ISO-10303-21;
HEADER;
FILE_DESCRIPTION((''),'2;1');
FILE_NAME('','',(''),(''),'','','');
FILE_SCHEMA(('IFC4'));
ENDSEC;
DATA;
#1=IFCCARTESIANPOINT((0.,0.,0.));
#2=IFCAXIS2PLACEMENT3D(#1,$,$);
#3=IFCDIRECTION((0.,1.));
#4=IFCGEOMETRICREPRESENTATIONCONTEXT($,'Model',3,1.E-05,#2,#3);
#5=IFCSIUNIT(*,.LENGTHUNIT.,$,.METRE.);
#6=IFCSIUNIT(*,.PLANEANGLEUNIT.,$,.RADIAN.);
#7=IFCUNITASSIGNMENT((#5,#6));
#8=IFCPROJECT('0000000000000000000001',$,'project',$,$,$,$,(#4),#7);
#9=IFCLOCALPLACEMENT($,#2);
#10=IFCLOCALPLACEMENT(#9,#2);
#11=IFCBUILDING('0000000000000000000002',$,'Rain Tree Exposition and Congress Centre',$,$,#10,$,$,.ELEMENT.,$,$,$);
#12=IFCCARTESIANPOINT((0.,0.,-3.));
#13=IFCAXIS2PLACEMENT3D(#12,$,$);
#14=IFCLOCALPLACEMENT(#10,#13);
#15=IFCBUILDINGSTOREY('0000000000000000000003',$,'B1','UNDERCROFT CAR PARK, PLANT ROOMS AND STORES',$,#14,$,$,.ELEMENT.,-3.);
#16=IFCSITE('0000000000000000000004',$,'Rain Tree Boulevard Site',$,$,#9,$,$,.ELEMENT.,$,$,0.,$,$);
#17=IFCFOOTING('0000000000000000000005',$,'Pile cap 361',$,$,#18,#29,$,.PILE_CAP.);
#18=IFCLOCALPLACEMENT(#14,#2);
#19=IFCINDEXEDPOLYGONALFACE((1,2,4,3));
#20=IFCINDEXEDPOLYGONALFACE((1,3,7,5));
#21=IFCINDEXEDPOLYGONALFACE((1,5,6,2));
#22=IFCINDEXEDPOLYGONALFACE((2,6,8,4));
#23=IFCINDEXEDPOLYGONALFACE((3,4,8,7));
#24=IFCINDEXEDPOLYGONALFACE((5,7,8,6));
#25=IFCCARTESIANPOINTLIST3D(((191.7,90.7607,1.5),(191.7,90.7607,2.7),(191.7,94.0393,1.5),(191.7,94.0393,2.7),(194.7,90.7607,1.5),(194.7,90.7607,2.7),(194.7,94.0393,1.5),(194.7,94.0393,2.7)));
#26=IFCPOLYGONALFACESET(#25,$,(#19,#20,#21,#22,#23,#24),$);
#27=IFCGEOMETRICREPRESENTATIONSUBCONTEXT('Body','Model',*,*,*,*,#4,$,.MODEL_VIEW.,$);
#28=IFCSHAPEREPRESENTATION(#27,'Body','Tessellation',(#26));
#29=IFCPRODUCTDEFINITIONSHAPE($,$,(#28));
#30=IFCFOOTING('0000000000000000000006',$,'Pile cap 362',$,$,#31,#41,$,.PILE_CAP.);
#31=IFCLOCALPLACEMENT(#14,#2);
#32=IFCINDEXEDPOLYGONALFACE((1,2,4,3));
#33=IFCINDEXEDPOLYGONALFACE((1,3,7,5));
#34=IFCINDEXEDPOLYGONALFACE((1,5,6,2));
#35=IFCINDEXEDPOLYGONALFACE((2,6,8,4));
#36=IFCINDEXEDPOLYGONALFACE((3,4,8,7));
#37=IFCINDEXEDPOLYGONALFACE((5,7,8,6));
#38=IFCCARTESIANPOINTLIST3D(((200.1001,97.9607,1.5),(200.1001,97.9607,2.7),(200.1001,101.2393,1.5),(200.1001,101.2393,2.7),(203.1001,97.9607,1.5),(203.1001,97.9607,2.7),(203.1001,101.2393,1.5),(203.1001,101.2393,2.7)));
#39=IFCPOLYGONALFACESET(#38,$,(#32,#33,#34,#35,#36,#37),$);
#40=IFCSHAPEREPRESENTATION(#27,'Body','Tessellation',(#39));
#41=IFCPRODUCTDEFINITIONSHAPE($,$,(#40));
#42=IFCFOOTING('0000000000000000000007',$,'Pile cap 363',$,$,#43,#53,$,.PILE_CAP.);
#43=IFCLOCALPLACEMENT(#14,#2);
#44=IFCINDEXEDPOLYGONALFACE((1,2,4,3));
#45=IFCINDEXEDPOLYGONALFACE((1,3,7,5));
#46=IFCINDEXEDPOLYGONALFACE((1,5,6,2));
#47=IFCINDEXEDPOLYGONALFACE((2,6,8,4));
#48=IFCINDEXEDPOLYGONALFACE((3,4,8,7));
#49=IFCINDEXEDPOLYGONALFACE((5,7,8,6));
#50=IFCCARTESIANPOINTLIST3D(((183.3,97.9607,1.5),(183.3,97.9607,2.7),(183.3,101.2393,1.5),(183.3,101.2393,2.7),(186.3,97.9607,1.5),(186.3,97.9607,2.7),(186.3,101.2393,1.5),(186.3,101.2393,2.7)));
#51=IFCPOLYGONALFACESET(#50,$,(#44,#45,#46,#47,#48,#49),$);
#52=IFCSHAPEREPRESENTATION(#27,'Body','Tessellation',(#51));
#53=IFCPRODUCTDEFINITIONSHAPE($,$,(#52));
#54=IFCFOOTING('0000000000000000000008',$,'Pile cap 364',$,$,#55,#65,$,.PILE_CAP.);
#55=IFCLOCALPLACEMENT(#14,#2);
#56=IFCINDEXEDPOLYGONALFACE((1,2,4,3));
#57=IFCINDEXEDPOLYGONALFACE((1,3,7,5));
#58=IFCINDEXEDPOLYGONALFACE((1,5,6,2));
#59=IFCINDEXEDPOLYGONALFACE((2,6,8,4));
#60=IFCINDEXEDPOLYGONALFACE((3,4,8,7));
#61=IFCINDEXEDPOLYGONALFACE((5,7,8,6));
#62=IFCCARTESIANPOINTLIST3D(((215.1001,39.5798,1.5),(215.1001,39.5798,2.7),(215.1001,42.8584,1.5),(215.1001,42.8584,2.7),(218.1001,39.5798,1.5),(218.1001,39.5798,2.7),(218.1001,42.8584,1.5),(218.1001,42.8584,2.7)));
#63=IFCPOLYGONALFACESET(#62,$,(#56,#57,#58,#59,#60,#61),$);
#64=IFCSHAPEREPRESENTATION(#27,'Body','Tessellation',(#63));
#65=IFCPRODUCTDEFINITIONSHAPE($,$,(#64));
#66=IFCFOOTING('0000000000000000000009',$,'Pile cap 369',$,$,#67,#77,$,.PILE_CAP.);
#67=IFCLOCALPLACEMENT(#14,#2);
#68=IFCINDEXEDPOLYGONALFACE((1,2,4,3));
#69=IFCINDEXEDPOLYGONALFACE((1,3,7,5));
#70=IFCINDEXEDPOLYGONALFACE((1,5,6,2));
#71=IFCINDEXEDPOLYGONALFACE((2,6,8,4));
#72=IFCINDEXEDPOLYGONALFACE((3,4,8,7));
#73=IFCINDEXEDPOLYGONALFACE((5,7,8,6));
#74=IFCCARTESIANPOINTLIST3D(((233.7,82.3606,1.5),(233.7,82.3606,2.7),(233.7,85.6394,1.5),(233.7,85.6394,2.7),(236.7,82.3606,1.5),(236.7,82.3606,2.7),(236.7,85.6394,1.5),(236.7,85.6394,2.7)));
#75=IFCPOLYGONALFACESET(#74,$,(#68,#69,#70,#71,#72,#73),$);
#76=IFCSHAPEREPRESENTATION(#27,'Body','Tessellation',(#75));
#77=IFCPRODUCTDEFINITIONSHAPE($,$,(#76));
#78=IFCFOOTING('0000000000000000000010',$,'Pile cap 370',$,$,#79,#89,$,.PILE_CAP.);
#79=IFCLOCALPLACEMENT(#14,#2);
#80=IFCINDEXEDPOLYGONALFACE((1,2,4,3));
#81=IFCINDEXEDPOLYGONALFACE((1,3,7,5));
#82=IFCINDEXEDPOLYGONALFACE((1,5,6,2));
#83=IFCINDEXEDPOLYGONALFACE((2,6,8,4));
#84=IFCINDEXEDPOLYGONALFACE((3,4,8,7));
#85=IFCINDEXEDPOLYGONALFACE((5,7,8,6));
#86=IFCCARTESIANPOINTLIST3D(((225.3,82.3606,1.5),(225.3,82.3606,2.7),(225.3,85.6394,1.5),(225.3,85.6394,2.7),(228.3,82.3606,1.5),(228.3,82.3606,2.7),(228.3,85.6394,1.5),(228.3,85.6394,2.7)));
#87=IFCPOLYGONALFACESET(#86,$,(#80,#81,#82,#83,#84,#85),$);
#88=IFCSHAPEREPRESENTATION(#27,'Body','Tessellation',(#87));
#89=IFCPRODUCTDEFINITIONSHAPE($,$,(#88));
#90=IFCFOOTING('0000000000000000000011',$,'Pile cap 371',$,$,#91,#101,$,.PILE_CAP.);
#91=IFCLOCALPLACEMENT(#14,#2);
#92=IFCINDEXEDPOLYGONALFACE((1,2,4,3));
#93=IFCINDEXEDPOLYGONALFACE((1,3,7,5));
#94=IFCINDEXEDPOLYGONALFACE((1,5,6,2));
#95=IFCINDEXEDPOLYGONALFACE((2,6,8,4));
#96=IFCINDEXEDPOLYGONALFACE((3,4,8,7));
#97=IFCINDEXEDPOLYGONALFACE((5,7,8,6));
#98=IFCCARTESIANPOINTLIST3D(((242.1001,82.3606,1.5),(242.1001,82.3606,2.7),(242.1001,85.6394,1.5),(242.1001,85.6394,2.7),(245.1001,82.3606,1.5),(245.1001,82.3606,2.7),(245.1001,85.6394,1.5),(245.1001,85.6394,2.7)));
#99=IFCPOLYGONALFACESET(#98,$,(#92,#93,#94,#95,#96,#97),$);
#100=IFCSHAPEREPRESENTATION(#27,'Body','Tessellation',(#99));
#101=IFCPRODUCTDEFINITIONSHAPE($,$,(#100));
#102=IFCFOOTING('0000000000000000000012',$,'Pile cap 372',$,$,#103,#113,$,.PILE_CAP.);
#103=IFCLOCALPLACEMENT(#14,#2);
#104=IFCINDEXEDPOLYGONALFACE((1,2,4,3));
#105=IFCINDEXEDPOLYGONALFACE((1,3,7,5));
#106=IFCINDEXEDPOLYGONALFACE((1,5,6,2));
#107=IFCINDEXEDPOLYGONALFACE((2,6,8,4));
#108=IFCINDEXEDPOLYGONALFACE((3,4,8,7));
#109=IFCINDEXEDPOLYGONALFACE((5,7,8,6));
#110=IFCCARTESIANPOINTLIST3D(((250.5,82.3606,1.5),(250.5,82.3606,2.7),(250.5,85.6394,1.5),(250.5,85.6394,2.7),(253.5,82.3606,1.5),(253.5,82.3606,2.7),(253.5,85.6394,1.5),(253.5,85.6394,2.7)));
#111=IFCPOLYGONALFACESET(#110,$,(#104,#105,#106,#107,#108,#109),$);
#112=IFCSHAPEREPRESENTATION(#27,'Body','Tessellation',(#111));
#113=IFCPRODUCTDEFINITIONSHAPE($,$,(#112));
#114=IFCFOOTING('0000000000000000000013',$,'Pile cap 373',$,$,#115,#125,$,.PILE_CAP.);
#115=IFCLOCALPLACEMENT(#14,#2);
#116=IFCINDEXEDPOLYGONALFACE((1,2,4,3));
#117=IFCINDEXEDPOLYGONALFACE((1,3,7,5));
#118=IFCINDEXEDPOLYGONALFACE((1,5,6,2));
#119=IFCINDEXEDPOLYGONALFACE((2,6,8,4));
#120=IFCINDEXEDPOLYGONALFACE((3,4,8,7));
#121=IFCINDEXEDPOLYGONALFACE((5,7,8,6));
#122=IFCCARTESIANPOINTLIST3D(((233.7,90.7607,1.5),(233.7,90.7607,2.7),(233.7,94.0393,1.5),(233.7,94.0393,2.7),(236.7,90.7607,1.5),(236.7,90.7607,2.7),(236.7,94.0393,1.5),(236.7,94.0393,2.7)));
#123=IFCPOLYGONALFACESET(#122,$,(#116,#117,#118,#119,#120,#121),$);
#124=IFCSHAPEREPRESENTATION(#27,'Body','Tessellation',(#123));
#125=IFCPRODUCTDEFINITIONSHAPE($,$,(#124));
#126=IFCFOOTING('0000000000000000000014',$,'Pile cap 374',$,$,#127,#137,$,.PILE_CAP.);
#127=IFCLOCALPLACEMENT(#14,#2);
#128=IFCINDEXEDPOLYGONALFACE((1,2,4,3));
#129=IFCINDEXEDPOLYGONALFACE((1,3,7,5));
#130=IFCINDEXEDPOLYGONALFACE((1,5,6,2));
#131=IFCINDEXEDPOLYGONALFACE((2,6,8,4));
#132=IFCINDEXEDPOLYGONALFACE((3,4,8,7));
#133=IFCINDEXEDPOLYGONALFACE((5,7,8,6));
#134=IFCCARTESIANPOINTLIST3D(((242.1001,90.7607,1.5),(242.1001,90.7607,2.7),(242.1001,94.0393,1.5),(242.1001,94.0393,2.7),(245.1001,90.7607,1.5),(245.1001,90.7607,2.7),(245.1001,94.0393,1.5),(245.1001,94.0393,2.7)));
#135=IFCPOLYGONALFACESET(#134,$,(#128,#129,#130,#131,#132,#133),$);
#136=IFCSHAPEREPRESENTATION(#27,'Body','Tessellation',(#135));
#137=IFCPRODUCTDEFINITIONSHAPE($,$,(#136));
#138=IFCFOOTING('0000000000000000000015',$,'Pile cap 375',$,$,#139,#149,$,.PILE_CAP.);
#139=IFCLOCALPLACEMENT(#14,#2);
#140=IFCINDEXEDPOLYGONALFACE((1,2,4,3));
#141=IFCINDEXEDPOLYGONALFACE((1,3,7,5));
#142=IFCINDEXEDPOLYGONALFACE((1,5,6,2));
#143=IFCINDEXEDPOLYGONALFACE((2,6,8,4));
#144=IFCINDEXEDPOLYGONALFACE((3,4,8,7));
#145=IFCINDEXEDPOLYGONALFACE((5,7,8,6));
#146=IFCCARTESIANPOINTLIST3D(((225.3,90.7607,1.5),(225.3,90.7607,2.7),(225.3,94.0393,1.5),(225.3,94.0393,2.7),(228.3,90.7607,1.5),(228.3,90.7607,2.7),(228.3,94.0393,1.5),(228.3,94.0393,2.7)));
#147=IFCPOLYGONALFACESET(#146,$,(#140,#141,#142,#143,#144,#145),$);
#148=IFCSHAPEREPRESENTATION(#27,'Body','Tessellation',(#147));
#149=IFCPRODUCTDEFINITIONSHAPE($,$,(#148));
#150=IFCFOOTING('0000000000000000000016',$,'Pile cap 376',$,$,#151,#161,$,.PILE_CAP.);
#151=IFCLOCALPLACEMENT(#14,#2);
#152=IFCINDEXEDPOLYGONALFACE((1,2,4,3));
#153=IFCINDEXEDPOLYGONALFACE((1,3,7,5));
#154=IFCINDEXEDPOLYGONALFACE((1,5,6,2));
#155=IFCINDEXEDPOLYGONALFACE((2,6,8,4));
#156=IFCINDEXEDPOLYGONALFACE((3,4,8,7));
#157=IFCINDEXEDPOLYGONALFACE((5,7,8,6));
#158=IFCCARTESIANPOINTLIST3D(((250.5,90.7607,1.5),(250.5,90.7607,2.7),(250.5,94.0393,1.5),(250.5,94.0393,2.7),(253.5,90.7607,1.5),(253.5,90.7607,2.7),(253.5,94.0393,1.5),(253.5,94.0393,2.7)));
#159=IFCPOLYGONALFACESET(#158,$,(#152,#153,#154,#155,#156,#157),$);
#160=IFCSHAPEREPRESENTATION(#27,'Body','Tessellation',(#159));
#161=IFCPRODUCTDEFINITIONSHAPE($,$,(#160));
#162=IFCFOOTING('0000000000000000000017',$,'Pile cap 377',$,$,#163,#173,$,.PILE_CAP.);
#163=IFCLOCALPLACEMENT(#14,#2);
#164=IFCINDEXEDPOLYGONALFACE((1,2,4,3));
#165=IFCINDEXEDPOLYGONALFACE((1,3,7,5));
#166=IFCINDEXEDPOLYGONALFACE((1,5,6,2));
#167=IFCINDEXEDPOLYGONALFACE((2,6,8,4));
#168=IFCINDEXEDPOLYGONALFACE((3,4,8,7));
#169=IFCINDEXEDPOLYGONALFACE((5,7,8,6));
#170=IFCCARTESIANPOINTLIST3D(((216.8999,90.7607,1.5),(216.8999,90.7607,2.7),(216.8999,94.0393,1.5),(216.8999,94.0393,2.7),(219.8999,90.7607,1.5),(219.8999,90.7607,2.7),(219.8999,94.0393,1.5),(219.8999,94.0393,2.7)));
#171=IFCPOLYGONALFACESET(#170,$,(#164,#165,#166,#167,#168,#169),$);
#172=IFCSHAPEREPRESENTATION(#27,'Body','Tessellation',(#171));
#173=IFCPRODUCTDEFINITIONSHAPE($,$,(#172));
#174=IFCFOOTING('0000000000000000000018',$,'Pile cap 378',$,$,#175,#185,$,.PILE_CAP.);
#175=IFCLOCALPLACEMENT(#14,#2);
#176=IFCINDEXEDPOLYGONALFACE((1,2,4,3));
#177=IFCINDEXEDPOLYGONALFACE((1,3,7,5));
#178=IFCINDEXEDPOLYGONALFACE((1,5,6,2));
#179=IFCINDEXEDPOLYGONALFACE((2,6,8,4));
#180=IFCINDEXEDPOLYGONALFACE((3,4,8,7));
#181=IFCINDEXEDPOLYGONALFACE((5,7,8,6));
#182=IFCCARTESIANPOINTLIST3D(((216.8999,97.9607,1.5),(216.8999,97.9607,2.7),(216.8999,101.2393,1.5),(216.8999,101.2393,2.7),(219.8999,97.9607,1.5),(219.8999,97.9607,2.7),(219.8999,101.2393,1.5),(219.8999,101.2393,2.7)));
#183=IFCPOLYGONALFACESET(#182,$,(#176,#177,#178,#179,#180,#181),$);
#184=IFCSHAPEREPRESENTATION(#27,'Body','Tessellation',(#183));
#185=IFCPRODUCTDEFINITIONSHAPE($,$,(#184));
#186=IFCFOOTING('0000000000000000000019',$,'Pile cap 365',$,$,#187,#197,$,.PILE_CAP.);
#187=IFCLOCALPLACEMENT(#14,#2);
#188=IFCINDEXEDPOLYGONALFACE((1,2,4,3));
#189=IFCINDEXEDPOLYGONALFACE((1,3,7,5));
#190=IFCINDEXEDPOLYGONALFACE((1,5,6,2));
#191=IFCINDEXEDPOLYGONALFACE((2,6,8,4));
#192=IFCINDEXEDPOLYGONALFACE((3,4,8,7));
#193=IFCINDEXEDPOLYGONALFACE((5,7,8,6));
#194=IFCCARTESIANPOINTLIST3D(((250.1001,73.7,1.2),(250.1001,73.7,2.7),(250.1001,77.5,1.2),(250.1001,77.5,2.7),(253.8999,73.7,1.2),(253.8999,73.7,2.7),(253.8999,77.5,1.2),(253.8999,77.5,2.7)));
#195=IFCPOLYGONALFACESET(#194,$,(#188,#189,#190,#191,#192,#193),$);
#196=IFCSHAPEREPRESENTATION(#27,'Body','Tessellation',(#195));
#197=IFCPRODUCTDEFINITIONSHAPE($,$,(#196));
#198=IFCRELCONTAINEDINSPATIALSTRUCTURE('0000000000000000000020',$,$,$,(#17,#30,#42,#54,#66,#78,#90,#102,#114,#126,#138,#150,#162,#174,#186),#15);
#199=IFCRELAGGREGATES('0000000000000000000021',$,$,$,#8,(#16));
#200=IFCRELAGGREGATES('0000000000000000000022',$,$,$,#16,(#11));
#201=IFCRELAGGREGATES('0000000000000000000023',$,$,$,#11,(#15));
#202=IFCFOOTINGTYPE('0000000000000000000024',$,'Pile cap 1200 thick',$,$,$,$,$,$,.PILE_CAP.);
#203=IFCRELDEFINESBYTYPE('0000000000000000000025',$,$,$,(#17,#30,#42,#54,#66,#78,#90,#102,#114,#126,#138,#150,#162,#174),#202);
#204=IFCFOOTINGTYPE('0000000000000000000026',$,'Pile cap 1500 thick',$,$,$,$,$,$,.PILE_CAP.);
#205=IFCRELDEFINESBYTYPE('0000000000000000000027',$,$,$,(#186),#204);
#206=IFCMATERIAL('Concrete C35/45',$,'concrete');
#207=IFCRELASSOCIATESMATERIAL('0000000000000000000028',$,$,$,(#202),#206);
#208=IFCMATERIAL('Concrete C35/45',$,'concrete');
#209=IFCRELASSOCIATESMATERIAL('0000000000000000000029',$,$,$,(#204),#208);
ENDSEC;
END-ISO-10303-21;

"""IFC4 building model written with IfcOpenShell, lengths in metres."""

from ifc_helpers import new_model, si_unit, direction, frame, origin, place, context, subcontext, project, spatial, polyline, outline, extrude, material, type_object, element, save


model = new_model("IFC4")

# Units and contexts
model_context = context("Model", 3, precision=1e-05, world=origin(), true_north=direction((0.0, 1.0)))
body_context = subcontext(model_context, "Body", "Model", "MODEL_VIEW")
ifc_project = project(units=[si_unit("LENGTHUNIT", "METRE"), si_unit("PLANEANGLEUNIT", "RADIAN")], contexts=[model_context])

# Site, building, storey
site_placement = place(None, origin())
site = spatial("IfcSite", under=ifc_project, at=site_placement, Name="Rain Tree Boulevard Site", CompositionType="ELEMENT", RefElevation=0.0)
building_placement = place(site_placement, origin())
building = spatial("IfcBuilding", under=site, at=building_placement, Name="Rain Tree Exposition and Congress Centre", CompositionType="ELEMENT")
storey_placement = place(building_placement, frame((0.0, 0.0, -3.0)))
storey = spatial("IfcBuildingStorey", under=building, at=storey_placement, Name="B1", Description="UNDERCROFT CAR PARK, PLANT ROOMS AND STORES", CompositionType="ELEMENT", Elevation=-3.0)

# Footings
ifc_material_1 = material(Name="Concrete C35/45", Category="concrete")
footing_type_1 = type_object("IfcFootingType", Name="Pile cap 1200 thick", PredefinedType="PILE_CAP", material=ifc_material_1)
footing_1_placement = place(storey_placement, frame((0.0, 0.0, 1.5)))
element("IfcFooting", 1, at=footing_1_placement, inside=storey, type_object=footing_type_1, Name="Pile cap 361", PredefinedType="PILE_CAP", context=body_context, shape_type="SweptSolid", body=[
    extrude(outline(polyline([(194.7, 90.7607), (194.7, 94.0393), (191.7, 94.0393), (191.7, 90.7607), (194.7, 90.7607)])), origin(), (0.0, 0.0, 1.0), 1.2),
])
footing_2_placement = place(storey_placement, frame((0.0, 0.0, 1.5)))
element("IfcFooting", 2, at=footing_2_placement, inside=storey, type_object=footing_type_1, Name="Pile cap 362", PredefinedType="PILE_CAP", context=body_context, shape_type="SweptSolid", body=[
    extrude(outline(polyline([(203.1001, 97.9607), (203.1001, 101.2393), (200.1001, 101.2393), (200.1001, 97.9607), (203.1001, 97.9607)])), origin(), (0.0, 0.0, 1.0), 1.2),
])
footing_3_placement = place(storey_placement, frame((0.0, 0.0, 1.5)))
element("IfcFooting", 3, at=footing_3_placement, inside=storey, type_object=footing_type_1, Name="Pile cap 363", PredefinedType="PILE_CAP", context=body_context, shape_type="SweptSolid", body=[
    extrude(outline(polyline([(186.3, 97.9607), (186.3, 101.2393), (183.3, 101.2393), (183.3, 97.9607), (186.3, 97.9607)])), origin(), (0.0, 0.0, 1.0), 1.2),
])
footing_4_placement = place(storey_placement, frame((0.0, 0.0, 1.5)))
element("IfcFooting", 4, at=footing_4_placement, inside=storey, type_object=footing_type_1, Name="Pile cap 364", PredefinedType="PILE_CAP", context=body_context, shape_type="SweptSolid", body=[
    extrude(outline(polyline([(218.1001, 39.5798), (218.1001, 42.8584), (215.1001, 42.8584), (215.1001, 39.5798), (218.1001, 39.5798)])), origin(), (0.0, 0.0, 1.0), 1.2),
])
footing_5_placement = place(storey_placement, frame((0.0, 0.0, 1.5)))
element("IfcFooting", 5, at=footing_5_placement, inside=storey, type_object=footing_type_1, Name="Pile cap 369", PredefinedType="PILE_CAP", context=body_context, shape_type="SweptSolid", body=[
    extrude(outline(polyline([(236.7, 82.3606), (236.7, 85.6394), (233.7, 85.6394), (233.7, 82.3606), (236.7, 82.3606)])), origin(), (0.0, 0.0, 1.0), 1.2),
])
footing_6_placement = place(storey_placement, frame((0.0, 0.0, 1.5)))
element("IfcFooting", 6, at=footing_6_placement, inside=storey, type_object=footing_type_1, Name="Pile cap 370", PredefinedType="PILE_CAP", context=body_context, shape_type="SweptSolid", body=[
    extrude(outline(polyline([(228.3, 82.3606), (228.3, 85.6394), (225.3, 85.6394), (225.3, 82.3606), (228.3, 82.3606)])), origin(), (0.0, 0.0, 1.0), 1.2),
])
footing_7_placement = place(storey_placement, frame((0.0, 0.0, 1.5)))
element("IfcFooting", 7, at=footing_7_placement, inside=storey, type_object=footing_type_1, Name="Pile cap 371", PredefinedType="PILE_CAP", context=body_context, shape_type="SweptSolid", body=[
    extrude(outline(polyline([(245.1001, 82.3606), (245.1001, 85.6394), (242.1001, 85.6394), (242.1001, 82.3606), (245.1001, 82.3606)])), origin(), (0.0, 0.0, 1.0), 1.2),
])
footing_8_placement = place(storey_placement, frame((0.0, 0.0, 1.5)))
element("IfcFooting", 8, at=footing_8_placement, inside=storey, type_object=footing_type_1, Name="Pile cap 372", PredefinedType="PILE_CAP", context=body_context, shape_type="SweptSolid", body=[
    extrude(outline(polyline([(253.5, 82.3606), (253.5, 85.6394), (250.5, 85.6394), (250.5, 82.3606), (253.5, 82.3606)])), origin(), (0.0, 0.0, 1.0), 1.2),
])
footing_9_placement = place(storey_placement, frame((0.0, 0.0, 1.5)))
element("IfcFooting", 9, at=footing_9_placement, inside=storey, type_object=footing_type_1, Name="Pile cap 373", PredefinedType="PILE_CAP", context=body_context, shape_type="SweptSolid", body=[
    extrude(outline(polyline([(236.7, 90.7607), (236.7, 94.0393), (233.7, 94.0393), (233.7, 90.7607), (236.7, 90.7607)])), origin(), (0.0, 0.0, 1.0), 1.2),
])
footing_10_placement = place(storey_placement, frame((0.0, 0.0, 1.5)))
element("IfcFooting", 10, at=footing_10_placement, inside=storey, type_object=footing_type_1, Name="Pile cap 374", PredefinedType="PILE_CAP", context=body_context, shape_type="SweptSolid", body=[
    extrude(outline(polyline([(245.1001, 90.7607), (245.1001, 94.0393), (242.1001, 94.0393), (242.1001, 90.7607), (245.1001, 90.7607)])), origin(), (0.0, 0.0, 1.0), 1.2),
])
footing_11_placement = place(storey_placement, frame((0.0, 0.0, 1.5)))
element("IfcFooting", 11, at=footing_11_placement, inside=storey, type_object=footing_type_1, Name="Pile cap 375", PredefinedType="PILE_CAP", context=body_context, shape_type="SweptSolid", body=[
    extrude(outline(polyline([(228.3, 90.7607), (228.3, 94.0393), (225.3, 94.0393), (225.3, 90.7607), (228.3, 90.7607)])), origin(), (0.0, 0.0, 1.0), 1.2),
])
footing_12_placement = place(storey_placement, frame((0.0, 0.0, 1.5)))
element("IfcFooting", 12, at=footing_12_placement, inside=storey, type_object=footing_type_1, Name="Pile cap 376", PredefinedType="PILE_CAP", context=body_context, shape_type="SweptSolid", body=[
    extrude(outline(polyline([(253.5, 90.7607), (253.5, 94.0393), (250.5, 94.0393), (250.5, 90.7607), (253.5, 90.7607)])), origin(), (0.0, 0.0, 1.0), 1.2),
])
footing_13_placement = place(storey_placement, frame((0.0, 0.0, 1.5)))
element("IfcFooting", 13, at=footing_13_placement, inside=storey, type_object=footing_type_1, Name="Pile cap 377", PredefinedType="PILE_CAP", context=body_context, shape_type="SweptSolid", body=[
    extrude(outline(polyline([(219.8999, 90.7607), (219.8999, 94.0393), (216.8999, 94.0393), (216.8999, 90.7607), (219.8999, 90.7607)])), origin(), (0.0, 0.0, 1.0), 1.2),
])
footing_14_placement = place(storey_placement, frame((0.0, 0.0, 1.5)))
element("IfcFooting", 14, at=footing_14_placement, inside=storey, type_object=footing_type_1, Name="Pile cap 378", PredefinedType="PILE_CAP", context=body_context, shape_type="SweptSolid", body=[
    extrude(outline(polyline([(219.8999, 97.9607), (219.8999, 101.2393), (216.8999, 101.2393), (216.8999, 97.9607), (219.8999, 97.9607)])), origin(), (0.0, 0.0, 1.0), 1.2),
])
ifc_material_2 = material(Name="Concrete C35/45", Category="concrete")
footing_type_2 = type_object("IfcFootingType", Name="Pile cap 1500 thick", PredefinedType="PILE_CAP", material=ifc_material_2)
footing_15_placement = place(storey_placement, frame((0.0, 0.0, 1.2)))
element("IfcFooting", 15, at=footing_15_placement, inside=storey, type_object=footing_type_2, Name="Pile cap 365", PredefinedType="PILE_CAP", context=body_context, shape_type="SweptSolid", body=[
    extrude(outline(polyline([(253.8999, 73.7), (253.8999, 77.5), (250.1001, 77.5), (250.1001, 73.7), (253.8999, 73.7)])), origin(), (0.0, 0.0, 1.0), 1.5),
])

save(model, "model.ifc")
